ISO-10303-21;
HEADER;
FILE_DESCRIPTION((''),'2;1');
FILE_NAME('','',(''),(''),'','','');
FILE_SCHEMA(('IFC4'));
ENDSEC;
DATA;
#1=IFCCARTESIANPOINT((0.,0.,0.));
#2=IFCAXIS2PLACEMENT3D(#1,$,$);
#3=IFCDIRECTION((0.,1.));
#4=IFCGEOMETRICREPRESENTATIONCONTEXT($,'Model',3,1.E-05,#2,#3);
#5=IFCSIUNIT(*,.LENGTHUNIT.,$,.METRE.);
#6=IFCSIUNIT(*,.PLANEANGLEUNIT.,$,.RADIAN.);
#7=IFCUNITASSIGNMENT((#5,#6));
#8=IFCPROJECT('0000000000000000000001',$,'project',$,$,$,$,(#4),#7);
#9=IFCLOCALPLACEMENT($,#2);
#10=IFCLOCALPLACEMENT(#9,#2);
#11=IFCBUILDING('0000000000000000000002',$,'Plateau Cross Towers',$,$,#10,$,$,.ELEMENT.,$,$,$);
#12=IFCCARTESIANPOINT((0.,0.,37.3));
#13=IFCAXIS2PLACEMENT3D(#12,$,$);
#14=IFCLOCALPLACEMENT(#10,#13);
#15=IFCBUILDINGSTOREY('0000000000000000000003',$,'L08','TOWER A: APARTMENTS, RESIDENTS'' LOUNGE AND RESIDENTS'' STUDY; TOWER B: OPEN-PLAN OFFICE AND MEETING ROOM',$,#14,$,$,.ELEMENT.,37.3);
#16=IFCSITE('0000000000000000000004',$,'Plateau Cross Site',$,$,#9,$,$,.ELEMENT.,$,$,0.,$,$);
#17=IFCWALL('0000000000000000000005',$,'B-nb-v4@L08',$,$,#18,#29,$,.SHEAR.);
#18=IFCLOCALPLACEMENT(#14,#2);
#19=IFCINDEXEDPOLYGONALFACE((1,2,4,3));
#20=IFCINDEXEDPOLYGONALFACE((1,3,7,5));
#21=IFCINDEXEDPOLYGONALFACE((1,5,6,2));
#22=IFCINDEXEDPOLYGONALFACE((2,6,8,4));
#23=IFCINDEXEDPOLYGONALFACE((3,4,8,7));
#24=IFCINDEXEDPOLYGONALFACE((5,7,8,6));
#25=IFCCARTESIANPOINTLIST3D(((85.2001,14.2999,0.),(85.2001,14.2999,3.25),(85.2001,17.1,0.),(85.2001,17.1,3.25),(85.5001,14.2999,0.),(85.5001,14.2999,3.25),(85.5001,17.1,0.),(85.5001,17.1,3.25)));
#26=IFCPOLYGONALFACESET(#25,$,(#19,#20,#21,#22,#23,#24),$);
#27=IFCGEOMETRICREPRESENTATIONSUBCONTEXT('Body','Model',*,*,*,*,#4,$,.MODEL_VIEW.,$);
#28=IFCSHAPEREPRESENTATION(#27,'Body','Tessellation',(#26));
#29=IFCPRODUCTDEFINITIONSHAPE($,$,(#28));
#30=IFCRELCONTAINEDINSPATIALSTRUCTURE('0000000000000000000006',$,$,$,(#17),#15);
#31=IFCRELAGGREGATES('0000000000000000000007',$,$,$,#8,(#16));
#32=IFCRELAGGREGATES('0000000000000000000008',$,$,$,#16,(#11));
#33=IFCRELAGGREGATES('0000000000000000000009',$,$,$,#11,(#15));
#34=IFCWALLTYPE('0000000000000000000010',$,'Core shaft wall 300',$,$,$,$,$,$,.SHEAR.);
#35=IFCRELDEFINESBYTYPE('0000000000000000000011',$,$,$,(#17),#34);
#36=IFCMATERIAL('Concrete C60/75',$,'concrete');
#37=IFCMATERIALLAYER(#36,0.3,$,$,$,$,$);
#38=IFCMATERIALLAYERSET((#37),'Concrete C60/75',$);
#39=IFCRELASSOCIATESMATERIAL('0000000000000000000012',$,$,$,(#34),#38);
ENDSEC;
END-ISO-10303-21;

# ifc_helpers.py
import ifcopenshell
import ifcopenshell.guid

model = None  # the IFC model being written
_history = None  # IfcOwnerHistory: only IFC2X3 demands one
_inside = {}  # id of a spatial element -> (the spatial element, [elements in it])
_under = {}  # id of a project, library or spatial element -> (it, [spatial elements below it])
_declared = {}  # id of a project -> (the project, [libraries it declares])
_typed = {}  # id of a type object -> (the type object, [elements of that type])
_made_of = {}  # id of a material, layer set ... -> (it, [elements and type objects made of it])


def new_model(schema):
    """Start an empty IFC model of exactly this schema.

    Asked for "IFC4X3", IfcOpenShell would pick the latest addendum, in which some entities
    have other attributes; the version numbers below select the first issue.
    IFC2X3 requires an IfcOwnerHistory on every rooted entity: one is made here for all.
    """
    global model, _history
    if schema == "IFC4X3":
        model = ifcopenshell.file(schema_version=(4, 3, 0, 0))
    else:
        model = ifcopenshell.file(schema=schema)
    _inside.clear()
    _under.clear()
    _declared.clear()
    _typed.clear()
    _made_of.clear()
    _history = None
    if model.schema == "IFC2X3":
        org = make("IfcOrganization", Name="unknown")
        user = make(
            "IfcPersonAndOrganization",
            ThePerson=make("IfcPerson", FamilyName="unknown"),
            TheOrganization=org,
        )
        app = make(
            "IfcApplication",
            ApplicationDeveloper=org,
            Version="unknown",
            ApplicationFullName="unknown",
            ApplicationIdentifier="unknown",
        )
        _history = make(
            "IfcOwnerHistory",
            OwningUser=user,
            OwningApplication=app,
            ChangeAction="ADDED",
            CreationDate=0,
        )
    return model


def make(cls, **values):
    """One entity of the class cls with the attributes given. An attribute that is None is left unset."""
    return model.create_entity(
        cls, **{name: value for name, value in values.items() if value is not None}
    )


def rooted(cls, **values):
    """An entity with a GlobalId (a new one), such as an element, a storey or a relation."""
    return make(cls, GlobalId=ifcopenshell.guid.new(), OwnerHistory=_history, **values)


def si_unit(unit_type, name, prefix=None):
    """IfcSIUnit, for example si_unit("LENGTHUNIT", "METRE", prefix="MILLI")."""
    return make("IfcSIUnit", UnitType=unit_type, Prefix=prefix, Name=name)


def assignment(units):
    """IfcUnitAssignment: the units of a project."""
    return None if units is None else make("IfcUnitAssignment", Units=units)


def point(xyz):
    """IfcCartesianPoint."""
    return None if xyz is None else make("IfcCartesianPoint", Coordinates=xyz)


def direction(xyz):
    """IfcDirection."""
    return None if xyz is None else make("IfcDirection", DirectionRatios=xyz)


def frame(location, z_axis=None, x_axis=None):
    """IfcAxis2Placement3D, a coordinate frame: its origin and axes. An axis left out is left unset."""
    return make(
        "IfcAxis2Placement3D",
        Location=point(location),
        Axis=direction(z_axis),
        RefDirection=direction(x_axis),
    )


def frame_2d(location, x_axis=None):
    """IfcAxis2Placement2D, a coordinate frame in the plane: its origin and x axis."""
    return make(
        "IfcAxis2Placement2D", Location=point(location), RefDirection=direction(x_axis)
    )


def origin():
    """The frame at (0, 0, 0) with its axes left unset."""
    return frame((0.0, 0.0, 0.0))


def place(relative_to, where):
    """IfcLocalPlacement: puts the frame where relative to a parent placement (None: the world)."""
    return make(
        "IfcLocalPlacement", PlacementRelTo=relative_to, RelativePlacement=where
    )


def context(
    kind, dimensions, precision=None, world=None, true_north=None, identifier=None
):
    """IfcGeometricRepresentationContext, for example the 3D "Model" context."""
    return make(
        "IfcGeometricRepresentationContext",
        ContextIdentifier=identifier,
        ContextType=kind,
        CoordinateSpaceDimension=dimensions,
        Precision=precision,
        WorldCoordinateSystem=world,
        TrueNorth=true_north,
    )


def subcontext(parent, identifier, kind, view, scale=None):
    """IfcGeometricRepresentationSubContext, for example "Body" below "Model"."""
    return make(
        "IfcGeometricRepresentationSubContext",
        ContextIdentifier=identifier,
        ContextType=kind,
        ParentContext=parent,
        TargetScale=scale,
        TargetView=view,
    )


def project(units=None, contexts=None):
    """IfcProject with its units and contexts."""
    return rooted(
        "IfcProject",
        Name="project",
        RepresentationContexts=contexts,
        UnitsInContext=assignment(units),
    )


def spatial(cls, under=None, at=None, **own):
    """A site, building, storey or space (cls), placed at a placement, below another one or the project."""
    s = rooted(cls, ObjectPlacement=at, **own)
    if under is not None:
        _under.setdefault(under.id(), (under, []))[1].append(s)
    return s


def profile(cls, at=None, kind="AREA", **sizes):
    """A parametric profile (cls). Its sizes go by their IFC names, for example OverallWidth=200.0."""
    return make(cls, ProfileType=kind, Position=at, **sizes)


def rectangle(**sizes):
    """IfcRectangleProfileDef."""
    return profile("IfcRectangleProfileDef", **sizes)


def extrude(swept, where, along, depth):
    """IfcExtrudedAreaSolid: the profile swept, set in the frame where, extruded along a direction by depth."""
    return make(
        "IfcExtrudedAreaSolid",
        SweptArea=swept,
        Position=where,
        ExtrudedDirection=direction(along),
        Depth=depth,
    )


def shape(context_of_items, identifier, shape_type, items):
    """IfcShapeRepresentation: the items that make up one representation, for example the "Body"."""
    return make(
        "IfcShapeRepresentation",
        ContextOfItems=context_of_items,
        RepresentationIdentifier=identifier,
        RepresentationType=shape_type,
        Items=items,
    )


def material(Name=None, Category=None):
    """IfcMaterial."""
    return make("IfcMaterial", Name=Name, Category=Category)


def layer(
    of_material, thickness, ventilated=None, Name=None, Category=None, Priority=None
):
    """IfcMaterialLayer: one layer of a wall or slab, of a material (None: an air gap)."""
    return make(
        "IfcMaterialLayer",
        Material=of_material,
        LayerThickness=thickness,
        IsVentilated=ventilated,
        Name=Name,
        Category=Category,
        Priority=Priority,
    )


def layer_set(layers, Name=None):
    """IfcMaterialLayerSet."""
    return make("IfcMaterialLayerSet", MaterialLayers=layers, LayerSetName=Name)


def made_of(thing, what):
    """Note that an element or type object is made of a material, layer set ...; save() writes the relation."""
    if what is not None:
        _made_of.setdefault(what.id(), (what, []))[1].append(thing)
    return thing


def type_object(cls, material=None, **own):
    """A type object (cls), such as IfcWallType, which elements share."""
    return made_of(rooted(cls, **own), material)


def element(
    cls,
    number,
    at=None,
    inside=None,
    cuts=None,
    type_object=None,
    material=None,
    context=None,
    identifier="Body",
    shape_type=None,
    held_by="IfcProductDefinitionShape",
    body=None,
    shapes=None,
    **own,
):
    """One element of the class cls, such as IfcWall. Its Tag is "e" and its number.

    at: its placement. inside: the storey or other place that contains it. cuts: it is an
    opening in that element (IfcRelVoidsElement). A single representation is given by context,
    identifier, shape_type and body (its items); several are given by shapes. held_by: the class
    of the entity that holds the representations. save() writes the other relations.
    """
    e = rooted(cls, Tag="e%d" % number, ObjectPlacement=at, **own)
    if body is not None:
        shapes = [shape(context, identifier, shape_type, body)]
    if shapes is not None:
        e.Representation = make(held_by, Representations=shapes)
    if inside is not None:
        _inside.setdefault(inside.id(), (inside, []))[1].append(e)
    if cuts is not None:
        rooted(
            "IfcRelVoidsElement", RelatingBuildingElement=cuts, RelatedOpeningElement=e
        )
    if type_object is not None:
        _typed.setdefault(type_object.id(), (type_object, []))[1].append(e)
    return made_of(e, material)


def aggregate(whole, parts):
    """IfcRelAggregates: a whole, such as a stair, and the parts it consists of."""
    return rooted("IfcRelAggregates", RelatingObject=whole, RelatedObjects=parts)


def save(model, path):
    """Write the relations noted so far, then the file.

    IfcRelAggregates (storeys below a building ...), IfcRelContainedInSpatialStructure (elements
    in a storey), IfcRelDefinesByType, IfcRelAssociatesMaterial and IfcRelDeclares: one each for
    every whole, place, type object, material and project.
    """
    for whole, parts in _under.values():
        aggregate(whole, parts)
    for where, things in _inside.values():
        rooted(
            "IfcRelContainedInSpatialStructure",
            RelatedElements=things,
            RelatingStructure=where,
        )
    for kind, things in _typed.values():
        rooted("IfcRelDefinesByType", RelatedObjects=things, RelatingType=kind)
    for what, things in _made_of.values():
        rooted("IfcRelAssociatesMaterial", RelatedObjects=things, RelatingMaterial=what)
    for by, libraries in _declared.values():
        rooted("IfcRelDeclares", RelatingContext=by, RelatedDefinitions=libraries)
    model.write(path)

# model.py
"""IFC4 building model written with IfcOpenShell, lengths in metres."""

from ifc_helpers import new_model, si_unit, direction, frame, frame_2d, origin, place, context, subcontext, project, spatial, rectangle, extrude, material, layer, layer_set, type_object, element, save


model = new_model("IFC4")

# Units and contexts
model_context = context("Model", 3, precision=1e-05, world=origin(), true_north=direction((0.0, 1.0)))
body_context = subcontext(model_context, "Body", "Model", "MODEL_VIEW")
ifc_project = project(units=[si_unit("LENGTHUNIT", "METRE"), si_unit("PLANEANGLEUNIT", "RADIAN")], contexts=[model_context])

# Site, building, storey
site_placement = place(None, origin())
site = spatial("IfcSite", under=ifc_project, at=site_placement, Name="Plateau Cross Site", CompositionType="ELEMENT", RefElevation=0.0)
building_placement = place(site_placement, origin())
building = spatial("IfcBuilding", under=site, at=building_placement, Name="Plateau Cross Towers", CompositionType="ELEMENT")
storey_placement = place(building_placement, frame((0.0, 0.0, 37.3)))
storey = spatial("IfcBuildingStorey", under=building, at=storey_placement, Name="L08", Description="TOWER A: APARTMENTS, RESIDENTS' LOUNGE AND RESIDENTS' STUDY; TOWER B: OPEN-PLAN OFFICE AND MEETING ROOM", CompositionType="ELEMENT", Elevation=37.3)

# Shared definitions
ifc_material_1 = material(Name="Concrete C60/75", Category="concrete")

# Wall
ifc_layer_1 = layer(ifc_material_1, 0.3)
ifc_layer_set_1 = layer_set([ifc_layer_1], Name="Concrete C60/75")
wall_type_1 = type_object("IfcWallType", Name="Core shaft wall 300", PredefinedType="SHEAR", material=ifc_layer_set_1)
for number, where, z_axis, x_axis, name in (
    (1, (85.3501, 14.3, 0.0), (0.0, 0.0, 1.0), (0.0, 1.0, 0.0), "B-nb-v4@L08"),
):
    element("IfcWall", number, at=place(storey_placement, frame(where, z_axis=z_axis, x_axis=x_axis)), inside=storey, type_object=wall_type_1, Name=name, PredefinedType="SHEAR", context=body_context, shape_type="SweptSolid", body=[
        extrude(rectangle(XDim=2.8, YDim=0.3, at=frame_2d((1.3999, 0.0))), origin(), (0.0, 0.0, 1.0), 3.25),
    ])

save(model, "model.ifc")
